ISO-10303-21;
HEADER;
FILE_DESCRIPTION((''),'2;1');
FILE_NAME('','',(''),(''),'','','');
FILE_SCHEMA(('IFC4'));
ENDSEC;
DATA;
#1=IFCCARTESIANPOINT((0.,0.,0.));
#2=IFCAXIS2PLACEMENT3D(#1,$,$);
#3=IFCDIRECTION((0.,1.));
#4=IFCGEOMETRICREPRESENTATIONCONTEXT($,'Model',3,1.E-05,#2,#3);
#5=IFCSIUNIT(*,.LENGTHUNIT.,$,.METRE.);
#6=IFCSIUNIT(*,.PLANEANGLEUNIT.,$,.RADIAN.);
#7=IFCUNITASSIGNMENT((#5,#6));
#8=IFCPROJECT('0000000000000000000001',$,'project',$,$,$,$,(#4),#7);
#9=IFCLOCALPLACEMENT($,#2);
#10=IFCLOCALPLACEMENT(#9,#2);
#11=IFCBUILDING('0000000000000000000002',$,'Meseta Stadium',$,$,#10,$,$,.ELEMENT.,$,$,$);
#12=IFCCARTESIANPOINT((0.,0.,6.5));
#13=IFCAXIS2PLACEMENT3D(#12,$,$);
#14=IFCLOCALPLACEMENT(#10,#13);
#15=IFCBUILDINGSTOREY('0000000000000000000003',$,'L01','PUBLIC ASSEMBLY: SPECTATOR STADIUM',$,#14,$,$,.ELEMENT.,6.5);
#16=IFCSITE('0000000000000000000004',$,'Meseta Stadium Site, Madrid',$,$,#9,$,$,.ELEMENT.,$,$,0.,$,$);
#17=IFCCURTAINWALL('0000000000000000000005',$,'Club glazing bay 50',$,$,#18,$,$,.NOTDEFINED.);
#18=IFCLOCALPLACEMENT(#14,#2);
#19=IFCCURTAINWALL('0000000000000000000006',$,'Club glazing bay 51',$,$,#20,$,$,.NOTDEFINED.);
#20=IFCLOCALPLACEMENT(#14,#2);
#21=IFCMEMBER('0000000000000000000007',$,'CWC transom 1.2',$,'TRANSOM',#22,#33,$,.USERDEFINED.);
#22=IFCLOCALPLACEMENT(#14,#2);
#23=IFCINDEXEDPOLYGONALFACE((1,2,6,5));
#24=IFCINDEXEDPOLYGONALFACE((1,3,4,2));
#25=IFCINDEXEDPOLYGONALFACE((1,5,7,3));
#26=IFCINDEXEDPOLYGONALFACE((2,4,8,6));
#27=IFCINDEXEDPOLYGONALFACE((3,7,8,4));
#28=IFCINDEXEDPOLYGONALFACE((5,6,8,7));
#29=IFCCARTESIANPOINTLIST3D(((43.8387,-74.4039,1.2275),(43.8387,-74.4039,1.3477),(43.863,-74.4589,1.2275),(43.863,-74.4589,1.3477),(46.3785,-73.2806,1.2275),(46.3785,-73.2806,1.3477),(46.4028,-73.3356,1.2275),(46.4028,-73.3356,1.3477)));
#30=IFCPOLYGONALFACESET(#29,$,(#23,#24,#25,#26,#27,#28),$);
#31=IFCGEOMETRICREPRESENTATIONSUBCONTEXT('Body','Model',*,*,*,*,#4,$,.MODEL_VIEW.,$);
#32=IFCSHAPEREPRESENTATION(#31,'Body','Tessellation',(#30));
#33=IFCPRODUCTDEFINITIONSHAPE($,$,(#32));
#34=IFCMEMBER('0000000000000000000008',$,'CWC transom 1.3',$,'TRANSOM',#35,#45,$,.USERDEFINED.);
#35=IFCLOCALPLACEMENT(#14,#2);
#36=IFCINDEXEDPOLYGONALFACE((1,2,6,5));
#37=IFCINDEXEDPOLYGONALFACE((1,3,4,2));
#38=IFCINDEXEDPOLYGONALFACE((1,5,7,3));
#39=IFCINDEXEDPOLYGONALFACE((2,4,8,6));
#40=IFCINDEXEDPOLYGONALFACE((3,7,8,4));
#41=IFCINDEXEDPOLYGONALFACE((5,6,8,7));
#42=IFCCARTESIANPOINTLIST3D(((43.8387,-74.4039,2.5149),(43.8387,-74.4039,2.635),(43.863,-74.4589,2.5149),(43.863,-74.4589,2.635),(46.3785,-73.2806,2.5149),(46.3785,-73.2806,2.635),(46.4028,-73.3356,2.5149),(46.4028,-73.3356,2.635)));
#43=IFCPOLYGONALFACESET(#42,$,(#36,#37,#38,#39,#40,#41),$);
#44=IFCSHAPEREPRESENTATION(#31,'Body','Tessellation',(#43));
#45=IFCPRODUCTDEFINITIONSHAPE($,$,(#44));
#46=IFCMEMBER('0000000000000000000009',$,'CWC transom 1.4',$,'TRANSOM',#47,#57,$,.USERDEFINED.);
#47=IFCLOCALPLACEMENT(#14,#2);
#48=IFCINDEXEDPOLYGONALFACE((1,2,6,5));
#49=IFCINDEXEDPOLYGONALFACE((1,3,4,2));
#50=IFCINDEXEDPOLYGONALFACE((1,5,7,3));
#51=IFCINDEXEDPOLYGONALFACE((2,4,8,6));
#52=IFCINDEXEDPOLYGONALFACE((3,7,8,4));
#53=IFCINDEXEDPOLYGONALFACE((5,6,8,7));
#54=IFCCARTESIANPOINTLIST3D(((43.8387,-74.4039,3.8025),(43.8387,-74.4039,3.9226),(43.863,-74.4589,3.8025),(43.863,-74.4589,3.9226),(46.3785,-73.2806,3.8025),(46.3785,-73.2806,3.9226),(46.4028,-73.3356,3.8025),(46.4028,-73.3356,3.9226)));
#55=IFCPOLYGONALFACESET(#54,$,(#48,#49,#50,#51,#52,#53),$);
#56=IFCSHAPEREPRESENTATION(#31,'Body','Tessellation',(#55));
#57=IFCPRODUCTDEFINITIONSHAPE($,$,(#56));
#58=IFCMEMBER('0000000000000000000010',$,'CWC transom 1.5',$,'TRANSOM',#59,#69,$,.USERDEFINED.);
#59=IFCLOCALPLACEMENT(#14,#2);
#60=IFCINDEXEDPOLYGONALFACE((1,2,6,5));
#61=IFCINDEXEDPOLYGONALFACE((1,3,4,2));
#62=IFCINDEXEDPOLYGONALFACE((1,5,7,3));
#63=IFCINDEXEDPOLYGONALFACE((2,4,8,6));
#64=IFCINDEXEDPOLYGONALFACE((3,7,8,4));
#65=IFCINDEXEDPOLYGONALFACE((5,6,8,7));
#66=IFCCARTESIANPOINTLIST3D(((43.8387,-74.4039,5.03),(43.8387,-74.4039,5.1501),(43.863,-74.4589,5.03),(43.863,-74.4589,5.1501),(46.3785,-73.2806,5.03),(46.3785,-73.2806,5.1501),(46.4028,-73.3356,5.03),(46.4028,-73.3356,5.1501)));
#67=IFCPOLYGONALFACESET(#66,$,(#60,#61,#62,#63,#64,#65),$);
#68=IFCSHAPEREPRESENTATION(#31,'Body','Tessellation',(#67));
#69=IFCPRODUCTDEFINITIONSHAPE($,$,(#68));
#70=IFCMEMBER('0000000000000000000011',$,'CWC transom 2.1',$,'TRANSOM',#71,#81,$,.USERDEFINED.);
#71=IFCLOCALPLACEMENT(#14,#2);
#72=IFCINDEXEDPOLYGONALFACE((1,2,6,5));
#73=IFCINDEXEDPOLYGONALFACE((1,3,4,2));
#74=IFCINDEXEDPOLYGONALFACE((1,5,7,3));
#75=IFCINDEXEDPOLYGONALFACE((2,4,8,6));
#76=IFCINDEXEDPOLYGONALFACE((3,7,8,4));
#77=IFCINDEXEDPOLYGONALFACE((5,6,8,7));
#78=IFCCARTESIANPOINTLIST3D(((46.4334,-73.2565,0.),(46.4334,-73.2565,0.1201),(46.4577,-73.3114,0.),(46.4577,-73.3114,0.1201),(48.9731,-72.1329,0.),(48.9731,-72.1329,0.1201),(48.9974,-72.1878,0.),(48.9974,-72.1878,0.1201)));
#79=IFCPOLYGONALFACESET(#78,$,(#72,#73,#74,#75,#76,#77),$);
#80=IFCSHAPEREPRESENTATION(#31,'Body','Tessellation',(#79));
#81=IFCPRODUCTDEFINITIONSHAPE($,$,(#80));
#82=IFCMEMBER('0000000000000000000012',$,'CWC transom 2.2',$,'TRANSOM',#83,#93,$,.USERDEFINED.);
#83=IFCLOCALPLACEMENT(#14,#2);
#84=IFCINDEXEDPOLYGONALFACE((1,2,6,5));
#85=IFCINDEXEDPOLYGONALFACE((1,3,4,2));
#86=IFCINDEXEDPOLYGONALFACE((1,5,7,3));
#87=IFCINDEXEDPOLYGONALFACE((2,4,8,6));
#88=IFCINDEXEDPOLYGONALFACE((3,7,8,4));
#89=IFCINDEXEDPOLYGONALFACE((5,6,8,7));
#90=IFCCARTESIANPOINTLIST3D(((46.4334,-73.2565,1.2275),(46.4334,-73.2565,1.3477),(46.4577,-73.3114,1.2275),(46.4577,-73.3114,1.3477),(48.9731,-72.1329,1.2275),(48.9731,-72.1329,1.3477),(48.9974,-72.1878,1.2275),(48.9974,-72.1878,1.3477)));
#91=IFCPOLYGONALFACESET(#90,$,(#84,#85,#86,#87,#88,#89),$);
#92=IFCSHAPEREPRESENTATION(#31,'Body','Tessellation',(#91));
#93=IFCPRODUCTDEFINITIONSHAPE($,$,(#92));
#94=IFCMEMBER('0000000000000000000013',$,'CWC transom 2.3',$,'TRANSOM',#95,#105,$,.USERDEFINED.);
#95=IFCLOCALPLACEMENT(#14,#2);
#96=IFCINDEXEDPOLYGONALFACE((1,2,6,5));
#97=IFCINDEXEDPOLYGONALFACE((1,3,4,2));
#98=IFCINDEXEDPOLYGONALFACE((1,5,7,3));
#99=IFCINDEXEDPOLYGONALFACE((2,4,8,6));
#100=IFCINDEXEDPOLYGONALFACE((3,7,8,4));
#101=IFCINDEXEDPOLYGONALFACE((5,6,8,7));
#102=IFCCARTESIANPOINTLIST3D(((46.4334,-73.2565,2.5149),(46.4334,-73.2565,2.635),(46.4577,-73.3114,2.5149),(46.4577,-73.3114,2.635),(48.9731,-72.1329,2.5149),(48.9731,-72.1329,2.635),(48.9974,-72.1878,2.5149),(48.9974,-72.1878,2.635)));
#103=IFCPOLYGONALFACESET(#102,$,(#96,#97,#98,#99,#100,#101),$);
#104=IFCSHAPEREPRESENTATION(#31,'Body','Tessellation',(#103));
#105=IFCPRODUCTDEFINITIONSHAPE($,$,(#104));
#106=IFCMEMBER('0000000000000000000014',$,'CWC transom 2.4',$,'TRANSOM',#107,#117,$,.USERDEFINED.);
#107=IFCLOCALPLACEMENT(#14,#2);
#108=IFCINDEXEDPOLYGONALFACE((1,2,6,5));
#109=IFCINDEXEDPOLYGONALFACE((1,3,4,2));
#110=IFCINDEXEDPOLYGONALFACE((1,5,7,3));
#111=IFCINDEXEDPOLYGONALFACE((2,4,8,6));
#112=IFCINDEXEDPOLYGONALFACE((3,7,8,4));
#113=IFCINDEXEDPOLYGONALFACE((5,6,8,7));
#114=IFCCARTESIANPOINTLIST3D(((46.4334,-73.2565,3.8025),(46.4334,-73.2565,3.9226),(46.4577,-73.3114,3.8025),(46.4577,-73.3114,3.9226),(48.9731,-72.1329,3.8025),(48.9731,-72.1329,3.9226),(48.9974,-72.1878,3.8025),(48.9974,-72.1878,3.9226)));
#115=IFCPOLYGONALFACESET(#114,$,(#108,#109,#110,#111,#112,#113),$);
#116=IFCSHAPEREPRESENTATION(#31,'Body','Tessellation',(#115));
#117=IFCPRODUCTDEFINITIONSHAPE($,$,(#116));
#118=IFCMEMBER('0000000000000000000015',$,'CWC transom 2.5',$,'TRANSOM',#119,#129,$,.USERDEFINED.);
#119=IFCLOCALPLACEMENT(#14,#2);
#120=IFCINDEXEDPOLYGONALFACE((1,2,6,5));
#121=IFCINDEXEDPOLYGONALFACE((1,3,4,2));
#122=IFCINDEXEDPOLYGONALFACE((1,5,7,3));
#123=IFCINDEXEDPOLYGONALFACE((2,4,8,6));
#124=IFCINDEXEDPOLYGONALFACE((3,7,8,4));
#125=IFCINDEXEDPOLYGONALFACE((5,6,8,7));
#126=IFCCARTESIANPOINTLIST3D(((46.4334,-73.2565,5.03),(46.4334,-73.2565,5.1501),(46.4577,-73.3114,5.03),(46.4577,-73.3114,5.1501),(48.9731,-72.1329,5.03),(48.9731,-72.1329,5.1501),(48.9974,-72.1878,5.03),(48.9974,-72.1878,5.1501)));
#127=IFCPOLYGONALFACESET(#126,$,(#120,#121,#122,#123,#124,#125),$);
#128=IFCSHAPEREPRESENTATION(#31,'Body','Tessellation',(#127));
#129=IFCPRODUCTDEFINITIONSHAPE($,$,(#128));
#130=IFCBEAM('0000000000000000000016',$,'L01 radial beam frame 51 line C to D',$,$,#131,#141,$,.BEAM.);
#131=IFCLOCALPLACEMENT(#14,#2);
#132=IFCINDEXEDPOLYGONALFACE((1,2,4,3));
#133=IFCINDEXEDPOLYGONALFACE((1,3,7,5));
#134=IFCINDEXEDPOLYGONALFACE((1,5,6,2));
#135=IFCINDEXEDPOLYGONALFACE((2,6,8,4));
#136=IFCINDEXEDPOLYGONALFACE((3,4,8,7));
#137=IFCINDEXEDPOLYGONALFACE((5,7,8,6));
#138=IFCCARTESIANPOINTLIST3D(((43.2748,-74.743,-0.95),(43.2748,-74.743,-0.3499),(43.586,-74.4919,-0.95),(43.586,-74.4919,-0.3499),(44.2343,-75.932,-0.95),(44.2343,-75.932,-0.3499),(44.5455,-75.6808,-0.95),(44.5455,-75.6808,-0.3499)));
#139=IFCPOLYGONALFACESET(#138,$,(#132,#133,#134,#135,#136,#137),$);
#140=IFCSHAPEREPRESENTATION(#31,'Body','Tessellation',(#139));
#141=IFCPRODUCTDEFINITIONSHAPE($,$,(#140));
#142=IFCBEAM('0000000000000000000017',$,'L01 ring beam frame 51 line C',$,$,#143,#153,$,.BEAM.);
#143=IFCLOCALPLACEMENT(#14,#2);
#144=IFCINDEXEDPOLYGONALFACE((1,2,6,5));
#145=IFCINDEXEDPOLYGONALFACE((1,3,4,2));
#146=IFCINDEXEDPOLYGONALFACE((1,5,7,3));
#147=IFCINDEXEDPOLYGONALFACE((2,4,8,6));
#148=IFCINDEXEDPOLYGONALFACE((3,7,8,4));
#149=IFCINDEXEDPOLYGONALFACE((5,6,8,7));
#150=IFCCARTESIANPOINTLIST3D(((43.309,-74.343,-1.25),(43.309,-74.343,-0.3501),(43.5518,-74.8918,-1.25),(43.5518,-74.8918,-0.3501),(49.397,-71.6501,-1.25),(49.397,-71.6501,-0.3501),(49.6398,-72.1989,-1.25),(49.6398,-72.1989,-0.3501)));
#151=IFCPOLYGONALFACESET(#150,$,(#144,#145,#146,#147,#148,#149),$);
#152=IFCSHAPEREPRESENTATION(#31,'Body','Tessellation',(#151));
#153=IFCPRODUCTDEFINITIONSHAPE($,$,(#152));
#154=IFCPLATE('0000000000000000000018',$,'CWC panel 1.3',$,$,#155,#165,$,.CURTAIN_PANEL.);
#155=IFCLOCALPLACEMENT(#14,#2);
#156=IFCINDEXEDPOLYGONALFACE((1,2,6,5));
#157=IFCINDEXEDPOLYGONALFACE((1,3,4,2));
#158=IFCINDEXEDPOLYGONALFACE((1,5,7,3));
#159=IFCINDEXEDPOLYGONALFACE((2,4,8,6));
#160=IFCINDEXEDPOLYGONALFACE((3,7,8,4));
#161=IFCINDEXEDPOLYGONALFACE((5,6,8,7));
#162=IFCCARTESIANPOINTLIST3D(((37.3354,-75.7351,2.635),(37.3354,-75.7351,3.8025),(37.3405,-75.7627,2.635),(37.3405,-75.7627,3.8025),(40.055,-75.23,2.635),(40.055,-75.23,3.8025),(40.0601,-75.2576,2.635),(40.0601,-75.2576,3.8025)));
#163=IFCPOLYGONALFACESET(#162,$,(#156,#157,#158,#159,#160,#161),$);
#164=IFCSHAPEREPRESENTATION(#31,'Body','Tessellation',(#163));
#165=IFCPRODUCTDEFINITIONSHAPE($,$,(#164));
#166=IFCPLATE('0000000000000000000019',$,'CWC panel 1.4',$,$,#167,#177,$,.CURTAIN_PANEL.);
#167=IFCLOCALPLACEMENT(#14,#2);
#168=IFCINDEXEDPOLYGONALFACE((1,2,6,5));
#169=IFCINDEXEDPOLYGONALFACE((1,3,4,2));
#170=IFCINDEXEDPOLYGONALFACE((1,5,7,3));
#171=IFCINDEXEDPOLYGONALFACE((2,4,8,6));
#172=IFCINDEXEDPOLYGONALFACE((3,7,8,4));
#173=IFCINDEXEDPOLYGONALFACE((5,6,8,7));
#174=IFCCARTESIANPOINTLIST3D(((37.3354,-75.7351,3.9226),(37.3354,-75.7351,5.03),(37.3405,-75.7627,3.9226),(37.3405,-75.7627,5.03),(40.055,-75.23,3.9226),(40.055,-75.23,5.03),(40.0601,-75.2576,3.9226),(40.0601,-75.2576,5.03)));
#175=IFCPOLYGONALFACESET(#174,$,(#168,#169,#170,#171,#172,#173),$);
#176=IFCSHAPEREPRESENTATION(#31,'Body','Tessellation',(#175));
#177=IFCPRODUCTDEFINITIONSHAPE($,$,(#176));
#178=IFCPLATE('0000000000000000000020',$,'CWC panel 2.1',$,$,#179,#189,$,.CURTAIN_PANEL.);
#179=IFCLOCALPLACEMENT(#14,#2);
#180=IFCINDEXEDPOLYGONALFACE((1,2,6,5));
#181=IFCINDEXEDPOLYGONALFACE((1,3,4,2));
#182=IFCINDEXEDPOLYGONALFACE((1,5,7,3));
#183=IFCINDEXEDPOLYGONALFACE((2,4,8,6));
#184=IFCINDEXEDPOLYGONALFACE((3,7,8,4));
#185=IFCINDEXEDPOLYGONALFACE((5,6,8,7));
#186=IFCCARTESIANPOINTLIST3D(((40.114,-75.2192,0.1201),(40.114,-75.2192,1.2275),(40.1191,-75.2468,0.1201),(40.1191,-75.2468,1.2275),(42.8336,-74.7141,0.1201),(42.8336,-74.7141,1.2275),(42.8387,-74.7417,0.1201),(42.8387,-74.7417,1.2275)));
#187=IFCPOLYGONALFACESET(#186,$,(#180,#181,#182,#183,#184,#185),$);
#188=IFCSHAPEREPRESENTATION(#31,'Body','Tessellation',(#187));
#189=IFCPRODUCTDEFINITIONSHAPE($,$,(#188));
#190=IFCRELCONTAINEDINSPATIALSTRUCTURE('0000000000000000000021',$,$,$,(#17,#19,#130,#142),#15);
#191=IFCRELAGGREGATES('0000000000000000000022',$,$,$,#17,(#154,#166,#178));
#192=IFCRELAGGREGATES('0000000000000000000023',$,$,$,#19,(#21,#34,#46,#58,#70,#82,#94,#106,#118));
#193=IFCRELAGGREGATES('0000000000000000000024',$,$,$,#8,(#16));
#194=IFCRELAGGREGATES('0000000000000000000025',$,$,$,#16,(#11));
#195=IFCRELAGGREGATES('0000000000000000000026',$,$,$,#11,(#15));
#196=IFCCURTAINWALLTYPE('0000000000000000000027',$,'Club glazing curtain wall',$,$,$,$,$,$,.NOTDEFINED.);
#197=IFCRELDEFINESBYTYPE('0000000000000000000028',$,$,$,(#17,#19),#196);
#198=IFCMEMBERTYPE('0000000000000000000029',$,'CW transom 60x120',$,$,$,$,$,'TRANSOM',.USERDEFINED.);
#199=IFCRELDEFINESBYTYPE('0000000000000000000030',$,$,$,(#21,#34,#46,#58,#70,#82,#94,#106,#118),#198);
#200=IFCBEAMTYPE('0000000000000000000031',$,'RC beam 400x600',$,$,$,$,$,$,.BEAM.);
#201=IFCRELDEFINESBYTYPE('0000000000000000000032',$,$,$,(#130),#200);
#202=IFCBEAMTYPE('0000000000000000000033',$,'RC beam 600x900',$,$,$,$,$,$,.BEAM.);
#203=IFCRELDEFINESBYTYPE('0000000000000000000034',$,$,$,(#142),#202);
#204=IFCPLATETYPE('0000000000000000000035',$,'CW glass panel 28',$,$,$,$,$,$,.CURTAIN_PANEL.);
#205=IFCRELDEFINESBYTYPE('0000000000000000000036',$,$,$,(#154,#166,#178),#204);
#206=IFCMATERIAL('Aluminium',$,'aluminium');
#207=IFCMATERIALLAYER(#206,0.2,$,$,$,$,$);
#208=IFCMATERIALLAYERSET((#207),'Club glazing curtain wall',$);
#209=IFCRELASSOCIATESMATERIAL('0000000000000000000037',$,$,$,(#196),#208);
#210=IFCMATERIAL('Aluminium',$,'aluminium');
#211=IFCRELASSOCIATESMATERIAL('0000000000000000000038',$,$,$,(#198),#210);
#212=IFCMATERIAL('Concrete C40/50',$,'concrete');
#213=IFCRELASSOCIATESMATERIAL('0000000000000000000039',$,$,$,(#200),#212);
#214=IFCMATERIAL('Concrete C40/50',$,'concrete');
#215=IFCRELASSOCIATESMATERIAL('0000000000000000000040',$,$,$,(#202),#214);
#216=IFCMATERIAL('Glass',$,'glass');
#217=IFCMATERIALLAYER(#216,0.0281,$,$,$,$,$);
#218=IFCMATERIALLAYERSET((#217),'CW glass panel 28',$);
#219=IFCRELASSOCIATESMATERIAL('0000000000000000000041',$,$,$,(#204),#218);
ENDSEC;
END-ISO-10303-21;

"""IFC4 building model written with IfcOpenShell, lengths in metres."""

from ifc_helpers import new_model, si_unit, direction, frame, origin, origin_2d, place, context, subcontext, project, spatial, rectangle, extrude, material, layer, layer_set, material_profile, profile_set, type_object, element, aggregate, save


model = new_model("IFC4")

# Units and contexts
model_context = context("Model", 3, precision=1e-05, world=origin(), true_north=direction((0.0, 1.0)))
body_context = subcontext(model_context, "Body", "Model", "MODEL_VIEW")
ifc_project = project(units=[si_unit("LENGTHUNIT", "METRE"), si_unit("PLANEANGLEUNIT", "RADIAN")], contexts=[model_context])

# Site, building, storey
site_placement = place(None, origin())
site = spatial("IfcSite", under=ifc_project, at=site_placement, Name="Meseta Stadium Site, Madrid", CompositionType="ELEMENT", RefElevation=0.0)
building_placement = place(site_placement, origin())
building = spatial("IfcBuilding", under=site, at=building_placement, Name="Meseta Stadium", CompositionType="ELEMENT")
storey_placement = place(building_placement, frame((0.0, 0.0, 6.5)))
storey = spatial("IfcBuildingStorey", under=building, at=storey_placement, Name="L01", Description="PUBLIC ASSEMBLY: SPECTATOR STADIUM", CompositionType="ELEMENT", Elevation=6.5)

# Curtain walls
ifc_material_1 = material(Name="Aluminium", Category="aluminium")
ifc_layer_1 = layer(ifc_material_1, 0.2)
ifc_layer_set_1 = layer_set([ifc_layer_1], Name="Club glazing curtain wall")
curtain_wall_type = type_object("IfcCurtainWallType", Name="Club glazing curtain wall", PredefinedType="NOTDEFINED", material=ifc_layer_set_1)
curtain_wall_1_placement = place(storey_placement, origin())
curtain_wall_1 = element("IfcCurtainWall", 1, at=curtain_wall_1_placement, inside=storey, type_object=curtain_wall_type, Name="Club glazing bay 50", PredefinedType="NOTDEFINED")
curtain_wall_2_placement = place(storey_placement, origin())
curtain_wall_2 = element("IfcCurtainWall", 2, at=curtain_wall_2_placement, inside=storey, type_object=curtain_wall_type, Name="Club glazing bay 51", PredefinedType="NOTDEFINED")

# Members
ifc_material_2 = material(Name="Aluminium", Category="aluminium")
ifc_material_profile_1 = material_profile(ifc_material_2, rectangle(XDim=0.0601, YDim=0.1201, at=origin_2d()), Name="CW 60x120")
ifc_profile_set_1 = profile_set([ifc_material_profile_1], Name="Aluminium")
member_type_1 = type_object("IfcMemberType", Name="CW transom 60x120", ElementType="TRANSOM", PredefinedType="USERDEFINED", material=ifc_profile_set_1)
member_1_placement = place(storey_placement, frame((43.8508, -74.4314, 1.2876), z_axis=(0.914546, 0.404482, 0.0), x_axis=(-0.404482, 0.914546, 0.0)))
member_1 = element("IfcMember", 3, at=member_1_placement, type_object=member_type_1, Name="CWC transom 1.2", ObjectType="TRANSOM", PredefinedType="USERDEFINED", context=body_context, shape_type="SweptSolid", body=[
    extrude(rectangle(XDim=0.0601, YDim=0.1201, at=origin_2d()), origin(), (0.0, 0.0, 1.0), 2.7771),
])
member_2_placement = place(storey_placement, frame((43.8508, -74.4314, 2.575), z_axis=(0.914546, 0.404482, 0.0), x_axis=(-0.404482, 0.914546, 0.0)))
member_2 = element("IfcMember", 4, at=member_2_placement, type_object=member_type_1, Name="CWC transom 1.3", ObjectType="TRANSOM", PredefinedType="USERDEFINED", context=body_context, shape_type="SweptSolid", body=[
    extrude(rectangle(XDim=0.0601, YDim=0.1201, at=origin_2d()), origin(), (0.0, 0.0, 1.0), 2.7771),
])
member_3_placement = place(storey_placement, frame((43.8508, -74.4314, 3.8625), z_axis=(0.914546, 0.404482, 0.0), x_axis=(-0.404482, 0.914546, 0.0)))
member_3 = element("IfcMember", 5, at=member_3_placement, type_object=member_type_1, Name="CWC transom 1.4", ObjectType="TRANSOM", PredefinedType="USERDEFINED", context=body_context, shape_type="SweptSolid", body=[
    extrude(rectangle(XDim=0.0601, YDim=0.1201, at=origin_2d()), origin(), (0.0, 0.0, 1.0), 2.7771),
])
member_4_placement = place(storey_placement, frame((43.8508, -74.4314, 5.0901), z_axis=(0.914546, 0.404482, 0.0), x_axis=(-0.404482, 0.914546, 0.0)))
member_4 = element("IfcMember", 6, at=member_4_placement, type_object=member_type_1, Name="CWC transom 1.5", ObjectType="TRANSOM", PredefinedType="USERDEFINED", context=body_context, shape_type="SweptSolid", body=[
    extrude(rectangle(XDim=0.0601, YDim=0.1201, at=origin_2d()), origin(), (0.0, 0.0, 1.0), 2.7771),
])
member_5_placement = place(storey_placement, frame((46.4456, -73.2839, 0.0601), z_axis=(0.914499, 0.404588, 0.0), x_axis=(-0.404588, 0.914499, 0.0)))
member_5 = element("IfcMember", 7, at=member_5_placement, type_object=member_type_1, Name="CWC transom 2.1", ObjectType="TRANSOM", PredefinedType="USERDEFINED", context=body_context, shape_type="SweptSolid", body=[
    extrude(rectangle(XDim=0.0601, YDim=0.1201, at=origin_2d()), origin(), (0.0, 0.0, 1.0), 2.7771),
])
member_6_placement = place(storey_placement, frame((46.4456, -73.2839, 1.2876), z_axis=(0.914499, 0.404588, 0.0), x_axis=(-0.404588, 0.914499, 0.0)))
member_6 = element("IfcMember", 8, at=member_6_placement, type_object=member_type_1, Name="CWC transom 2.2", ObjectType="TRANSOM", PredefinedType="USERDEFINED", context=body_context, shape_type="SweptSolid", body=[
    extrude(rectangle(XDim=0.0601, YDim=0.1201, at=origin_2d()), origin(), (0.0, 0.0, 1.0), 2.7771),
])
member_7_placement = place(storey_placement, frame((46.4456, -73.2839, 2.575), z_axis=(0.914499, 0.404588, 0.0), x_axis=(-0.404588, 0.914499, 0.0)))
member_7 = element("IfcMember", 9, at=member_7_placement, type_object=member_type_1, Name="CWC transom 2.3", ObjectType="TRANSOM", PredefinedType="USERDEFINED", context=body_context, shape_type="SweptSolid", body=[
    extrude(rectangle(XDim=0.0601, YDim=0.1201, at=origin_2d()), origin(), (0.0, 0.0, 1.0), 2.7771),
])
member_8_placement = place(storey_placement, frame((46.4456, -73.2839, 3.8625), z_axis=(0.914499, 0.404588, 0.0), x_axis=(-0.404588, 0.914499, 0.0)))
member_8 = element("IfcMember", 10, at=member_8_placement, type_object=member_type_1, Name="CWC transom 2.4", ObjectType="TRANSOM", PredefinedType="USERDEFINED", context=body_context, shape_type="SweptSolid", body=[
    extrude(rectangle(XDim=0.0601, YDim=0.1201, at=origin_2d()), origin(), (0.0, 0.0, 1.0), 2.7771),
])
member_9_placement = place(storey_placement, frame((46.4456, -73.2839, 5.0901), z_axis=(0.914499, 0.404588, 0.0), x_axis=(-0.404588, 0.914499, 0.0)))
member_9 = element("IfcMember", 11, at=member_9_placement, type_object=member_type_1, Name="CWC transom 2.5", ObjectType="TRANSOM", PredefinedType="USERDEFINED", context=body_context, shape_type="SweptSolid", body=[
    extrude(rectangle(XDim=0.0601, YDim=0.1201, at=origin_2d()), origin(), (0.0, 0.0, 1.0), 2.7771),
])

# Beams
ifc_material_3 = material(Name="Concrete C40/50", Category="concrete")
ifc_material_profile_2 = material_profile(ifc_material_3, rectangle(XDim=0.3999, YDim=0.6001, at=origin_2d()), Name="RC 400x600")
ifc_profile_set_2 = profile_set([ifc_material_profile_2], Name="Concrete C40/50")
beam_type_1 = type_object("IfcBeamType", Name="RC beam 400x600", PredefinedType="BEAM", material=ifc_profile_set_2)
beam_1_placement = place(storey_placement, frame((43.4304, -74.6174, -0.6499), z_axis=(0.628002, -0.778211, 0.0), x_axis=(0.778211, 0.628002, 0.0)))
element("IfcBeam", 12, at=beam_1_placement, inside=storey, type_object=beam_type_1, Name="L01 radial beam frame 51 line C to D", PredefinedType="BEAM", context=body_context, shape_type="SweptSolid", body=[
    extrude(rectangle(XDim=0.3999, YDim=0.6001, at=origin_2d()), origin(), (0.0, 0.0, 1.0), 1.5278),
])
ifc_material_4 = material(Name="Concrete C40/50", Category="concrete")
ifc_material_profile_3 = material_profile(ifc_material_4, rectangle(XDim=0.6001, YDim=0.8999, at=origin_2d()), Name="RC 600x900")
ifc_profile_set_3 = profile_set([ifc_material_profile_3], Name="Concrete C40/50")
beam_type_2 = type_object("IfcBeamType", Name="RC beam 600x900", PredefinedType="BEAM", material=ifc_profile_set_3)
beam_2_placement = place(storey_placement, frame((43.4304, -74.6174, -0.8), z_axis=(0.914527, 0.404525, 0.0), x_axis=(-0.404525, 0.914527, 0.0)))
element("IfcBeam", 13, at=beam_2_placement, inside=storey, type_object=beam_type_2, Name="L01 ring beam frame 51 line C", PredefinedType="BEAM", context=body_context, shape_type="SweptSolid", body=[
    extrude(rectangle(XDim=0.6001, YDim=0.8999, at=origin_2d()), origin(), (0.0, 0.0, 1.0), 6.657),
])

# Plates
ifc_material_5 = material(Name="Glass", Category="glass")
ifc_layer_2 = layer(ifc_material_5, 0.0281)
ifc_layer_set_2 = layer_set([ifc_layer_2], Name="CW glass panel 28")
plate_type = type_object("IfcPlateType", Name="CW glass panel 28", PredefinedType="CURTAIN_PANEL", material=ifc_layer_set_2)
plate_1_placement = place(storey_placement, frame((38.6978, -75.4963, 2.635), z_axis=(0.0, 0.0, 1.0), x_axis=(0.983187, 0.1826, 0.0)))
plate_1 = element("IfcPlate", 14, at=plate_1_placement, type_object=plate_type, Name="CWC panel 1.3", PredefinedType="CURTAIN_PANEL", context=body_context, shape_type="SweptSolid", body=[
    extrude(rectangle(XDim=2.7661, YDim=0.0281, at=origin_2d()), origin(), (0.0, 0.0, 1.0), 1.1675),
])
plate_2_placement = place(storey_placement, frame((38.6978, -75.4963, 3.9226), z_axis=(0.0, 0.0, 1.0), x_axis=(0.983187, 0.1826, 0.0)))
plate_2 = element("IfcPlate", 15, at=plate_2_placement, type_object=plate_type, Name="CWC panel 1.4", PredefinedType="CURTAIN_PANEL", context=body_context, shape_type="SweptSolid", body=[
    extrude(rectangle(XDim=2.7661, YDim=0.0281, at=origin_2d()), origin(), (0.0, 0.0, 1.0), 1.1074),
])
plate_3_placement = place(storey_placement, frame((41.4763, -74.9805, 0.1201), z_axis=(0.0, 0.0, 1.0), x_axis=(0.983187, 0.1826, 0.0)))
plate_3 = element("IfcPlate", 16, at=plate_3_placement, type_object=plate_type, Name="CWC panel 2.1", PredefinedType="CURTAIN_PANEL", context=body_context, shape_type="SweptSolid", body=[
    extrude(rectangle(XDim=2.7661, YDim=0.0281, at=origin_2d()), origin(), (0.0, 0.0, 1.0), 1.1074),
])
aggregate(curtain_wall_1, [plate_1, plate_2, plate_3])
aggregate(curtain_wall_2, [member_1, member_2, member_3, member_4, member_5, member_6, member_7, member_8, member_9])

save(model, "model.ifc")
